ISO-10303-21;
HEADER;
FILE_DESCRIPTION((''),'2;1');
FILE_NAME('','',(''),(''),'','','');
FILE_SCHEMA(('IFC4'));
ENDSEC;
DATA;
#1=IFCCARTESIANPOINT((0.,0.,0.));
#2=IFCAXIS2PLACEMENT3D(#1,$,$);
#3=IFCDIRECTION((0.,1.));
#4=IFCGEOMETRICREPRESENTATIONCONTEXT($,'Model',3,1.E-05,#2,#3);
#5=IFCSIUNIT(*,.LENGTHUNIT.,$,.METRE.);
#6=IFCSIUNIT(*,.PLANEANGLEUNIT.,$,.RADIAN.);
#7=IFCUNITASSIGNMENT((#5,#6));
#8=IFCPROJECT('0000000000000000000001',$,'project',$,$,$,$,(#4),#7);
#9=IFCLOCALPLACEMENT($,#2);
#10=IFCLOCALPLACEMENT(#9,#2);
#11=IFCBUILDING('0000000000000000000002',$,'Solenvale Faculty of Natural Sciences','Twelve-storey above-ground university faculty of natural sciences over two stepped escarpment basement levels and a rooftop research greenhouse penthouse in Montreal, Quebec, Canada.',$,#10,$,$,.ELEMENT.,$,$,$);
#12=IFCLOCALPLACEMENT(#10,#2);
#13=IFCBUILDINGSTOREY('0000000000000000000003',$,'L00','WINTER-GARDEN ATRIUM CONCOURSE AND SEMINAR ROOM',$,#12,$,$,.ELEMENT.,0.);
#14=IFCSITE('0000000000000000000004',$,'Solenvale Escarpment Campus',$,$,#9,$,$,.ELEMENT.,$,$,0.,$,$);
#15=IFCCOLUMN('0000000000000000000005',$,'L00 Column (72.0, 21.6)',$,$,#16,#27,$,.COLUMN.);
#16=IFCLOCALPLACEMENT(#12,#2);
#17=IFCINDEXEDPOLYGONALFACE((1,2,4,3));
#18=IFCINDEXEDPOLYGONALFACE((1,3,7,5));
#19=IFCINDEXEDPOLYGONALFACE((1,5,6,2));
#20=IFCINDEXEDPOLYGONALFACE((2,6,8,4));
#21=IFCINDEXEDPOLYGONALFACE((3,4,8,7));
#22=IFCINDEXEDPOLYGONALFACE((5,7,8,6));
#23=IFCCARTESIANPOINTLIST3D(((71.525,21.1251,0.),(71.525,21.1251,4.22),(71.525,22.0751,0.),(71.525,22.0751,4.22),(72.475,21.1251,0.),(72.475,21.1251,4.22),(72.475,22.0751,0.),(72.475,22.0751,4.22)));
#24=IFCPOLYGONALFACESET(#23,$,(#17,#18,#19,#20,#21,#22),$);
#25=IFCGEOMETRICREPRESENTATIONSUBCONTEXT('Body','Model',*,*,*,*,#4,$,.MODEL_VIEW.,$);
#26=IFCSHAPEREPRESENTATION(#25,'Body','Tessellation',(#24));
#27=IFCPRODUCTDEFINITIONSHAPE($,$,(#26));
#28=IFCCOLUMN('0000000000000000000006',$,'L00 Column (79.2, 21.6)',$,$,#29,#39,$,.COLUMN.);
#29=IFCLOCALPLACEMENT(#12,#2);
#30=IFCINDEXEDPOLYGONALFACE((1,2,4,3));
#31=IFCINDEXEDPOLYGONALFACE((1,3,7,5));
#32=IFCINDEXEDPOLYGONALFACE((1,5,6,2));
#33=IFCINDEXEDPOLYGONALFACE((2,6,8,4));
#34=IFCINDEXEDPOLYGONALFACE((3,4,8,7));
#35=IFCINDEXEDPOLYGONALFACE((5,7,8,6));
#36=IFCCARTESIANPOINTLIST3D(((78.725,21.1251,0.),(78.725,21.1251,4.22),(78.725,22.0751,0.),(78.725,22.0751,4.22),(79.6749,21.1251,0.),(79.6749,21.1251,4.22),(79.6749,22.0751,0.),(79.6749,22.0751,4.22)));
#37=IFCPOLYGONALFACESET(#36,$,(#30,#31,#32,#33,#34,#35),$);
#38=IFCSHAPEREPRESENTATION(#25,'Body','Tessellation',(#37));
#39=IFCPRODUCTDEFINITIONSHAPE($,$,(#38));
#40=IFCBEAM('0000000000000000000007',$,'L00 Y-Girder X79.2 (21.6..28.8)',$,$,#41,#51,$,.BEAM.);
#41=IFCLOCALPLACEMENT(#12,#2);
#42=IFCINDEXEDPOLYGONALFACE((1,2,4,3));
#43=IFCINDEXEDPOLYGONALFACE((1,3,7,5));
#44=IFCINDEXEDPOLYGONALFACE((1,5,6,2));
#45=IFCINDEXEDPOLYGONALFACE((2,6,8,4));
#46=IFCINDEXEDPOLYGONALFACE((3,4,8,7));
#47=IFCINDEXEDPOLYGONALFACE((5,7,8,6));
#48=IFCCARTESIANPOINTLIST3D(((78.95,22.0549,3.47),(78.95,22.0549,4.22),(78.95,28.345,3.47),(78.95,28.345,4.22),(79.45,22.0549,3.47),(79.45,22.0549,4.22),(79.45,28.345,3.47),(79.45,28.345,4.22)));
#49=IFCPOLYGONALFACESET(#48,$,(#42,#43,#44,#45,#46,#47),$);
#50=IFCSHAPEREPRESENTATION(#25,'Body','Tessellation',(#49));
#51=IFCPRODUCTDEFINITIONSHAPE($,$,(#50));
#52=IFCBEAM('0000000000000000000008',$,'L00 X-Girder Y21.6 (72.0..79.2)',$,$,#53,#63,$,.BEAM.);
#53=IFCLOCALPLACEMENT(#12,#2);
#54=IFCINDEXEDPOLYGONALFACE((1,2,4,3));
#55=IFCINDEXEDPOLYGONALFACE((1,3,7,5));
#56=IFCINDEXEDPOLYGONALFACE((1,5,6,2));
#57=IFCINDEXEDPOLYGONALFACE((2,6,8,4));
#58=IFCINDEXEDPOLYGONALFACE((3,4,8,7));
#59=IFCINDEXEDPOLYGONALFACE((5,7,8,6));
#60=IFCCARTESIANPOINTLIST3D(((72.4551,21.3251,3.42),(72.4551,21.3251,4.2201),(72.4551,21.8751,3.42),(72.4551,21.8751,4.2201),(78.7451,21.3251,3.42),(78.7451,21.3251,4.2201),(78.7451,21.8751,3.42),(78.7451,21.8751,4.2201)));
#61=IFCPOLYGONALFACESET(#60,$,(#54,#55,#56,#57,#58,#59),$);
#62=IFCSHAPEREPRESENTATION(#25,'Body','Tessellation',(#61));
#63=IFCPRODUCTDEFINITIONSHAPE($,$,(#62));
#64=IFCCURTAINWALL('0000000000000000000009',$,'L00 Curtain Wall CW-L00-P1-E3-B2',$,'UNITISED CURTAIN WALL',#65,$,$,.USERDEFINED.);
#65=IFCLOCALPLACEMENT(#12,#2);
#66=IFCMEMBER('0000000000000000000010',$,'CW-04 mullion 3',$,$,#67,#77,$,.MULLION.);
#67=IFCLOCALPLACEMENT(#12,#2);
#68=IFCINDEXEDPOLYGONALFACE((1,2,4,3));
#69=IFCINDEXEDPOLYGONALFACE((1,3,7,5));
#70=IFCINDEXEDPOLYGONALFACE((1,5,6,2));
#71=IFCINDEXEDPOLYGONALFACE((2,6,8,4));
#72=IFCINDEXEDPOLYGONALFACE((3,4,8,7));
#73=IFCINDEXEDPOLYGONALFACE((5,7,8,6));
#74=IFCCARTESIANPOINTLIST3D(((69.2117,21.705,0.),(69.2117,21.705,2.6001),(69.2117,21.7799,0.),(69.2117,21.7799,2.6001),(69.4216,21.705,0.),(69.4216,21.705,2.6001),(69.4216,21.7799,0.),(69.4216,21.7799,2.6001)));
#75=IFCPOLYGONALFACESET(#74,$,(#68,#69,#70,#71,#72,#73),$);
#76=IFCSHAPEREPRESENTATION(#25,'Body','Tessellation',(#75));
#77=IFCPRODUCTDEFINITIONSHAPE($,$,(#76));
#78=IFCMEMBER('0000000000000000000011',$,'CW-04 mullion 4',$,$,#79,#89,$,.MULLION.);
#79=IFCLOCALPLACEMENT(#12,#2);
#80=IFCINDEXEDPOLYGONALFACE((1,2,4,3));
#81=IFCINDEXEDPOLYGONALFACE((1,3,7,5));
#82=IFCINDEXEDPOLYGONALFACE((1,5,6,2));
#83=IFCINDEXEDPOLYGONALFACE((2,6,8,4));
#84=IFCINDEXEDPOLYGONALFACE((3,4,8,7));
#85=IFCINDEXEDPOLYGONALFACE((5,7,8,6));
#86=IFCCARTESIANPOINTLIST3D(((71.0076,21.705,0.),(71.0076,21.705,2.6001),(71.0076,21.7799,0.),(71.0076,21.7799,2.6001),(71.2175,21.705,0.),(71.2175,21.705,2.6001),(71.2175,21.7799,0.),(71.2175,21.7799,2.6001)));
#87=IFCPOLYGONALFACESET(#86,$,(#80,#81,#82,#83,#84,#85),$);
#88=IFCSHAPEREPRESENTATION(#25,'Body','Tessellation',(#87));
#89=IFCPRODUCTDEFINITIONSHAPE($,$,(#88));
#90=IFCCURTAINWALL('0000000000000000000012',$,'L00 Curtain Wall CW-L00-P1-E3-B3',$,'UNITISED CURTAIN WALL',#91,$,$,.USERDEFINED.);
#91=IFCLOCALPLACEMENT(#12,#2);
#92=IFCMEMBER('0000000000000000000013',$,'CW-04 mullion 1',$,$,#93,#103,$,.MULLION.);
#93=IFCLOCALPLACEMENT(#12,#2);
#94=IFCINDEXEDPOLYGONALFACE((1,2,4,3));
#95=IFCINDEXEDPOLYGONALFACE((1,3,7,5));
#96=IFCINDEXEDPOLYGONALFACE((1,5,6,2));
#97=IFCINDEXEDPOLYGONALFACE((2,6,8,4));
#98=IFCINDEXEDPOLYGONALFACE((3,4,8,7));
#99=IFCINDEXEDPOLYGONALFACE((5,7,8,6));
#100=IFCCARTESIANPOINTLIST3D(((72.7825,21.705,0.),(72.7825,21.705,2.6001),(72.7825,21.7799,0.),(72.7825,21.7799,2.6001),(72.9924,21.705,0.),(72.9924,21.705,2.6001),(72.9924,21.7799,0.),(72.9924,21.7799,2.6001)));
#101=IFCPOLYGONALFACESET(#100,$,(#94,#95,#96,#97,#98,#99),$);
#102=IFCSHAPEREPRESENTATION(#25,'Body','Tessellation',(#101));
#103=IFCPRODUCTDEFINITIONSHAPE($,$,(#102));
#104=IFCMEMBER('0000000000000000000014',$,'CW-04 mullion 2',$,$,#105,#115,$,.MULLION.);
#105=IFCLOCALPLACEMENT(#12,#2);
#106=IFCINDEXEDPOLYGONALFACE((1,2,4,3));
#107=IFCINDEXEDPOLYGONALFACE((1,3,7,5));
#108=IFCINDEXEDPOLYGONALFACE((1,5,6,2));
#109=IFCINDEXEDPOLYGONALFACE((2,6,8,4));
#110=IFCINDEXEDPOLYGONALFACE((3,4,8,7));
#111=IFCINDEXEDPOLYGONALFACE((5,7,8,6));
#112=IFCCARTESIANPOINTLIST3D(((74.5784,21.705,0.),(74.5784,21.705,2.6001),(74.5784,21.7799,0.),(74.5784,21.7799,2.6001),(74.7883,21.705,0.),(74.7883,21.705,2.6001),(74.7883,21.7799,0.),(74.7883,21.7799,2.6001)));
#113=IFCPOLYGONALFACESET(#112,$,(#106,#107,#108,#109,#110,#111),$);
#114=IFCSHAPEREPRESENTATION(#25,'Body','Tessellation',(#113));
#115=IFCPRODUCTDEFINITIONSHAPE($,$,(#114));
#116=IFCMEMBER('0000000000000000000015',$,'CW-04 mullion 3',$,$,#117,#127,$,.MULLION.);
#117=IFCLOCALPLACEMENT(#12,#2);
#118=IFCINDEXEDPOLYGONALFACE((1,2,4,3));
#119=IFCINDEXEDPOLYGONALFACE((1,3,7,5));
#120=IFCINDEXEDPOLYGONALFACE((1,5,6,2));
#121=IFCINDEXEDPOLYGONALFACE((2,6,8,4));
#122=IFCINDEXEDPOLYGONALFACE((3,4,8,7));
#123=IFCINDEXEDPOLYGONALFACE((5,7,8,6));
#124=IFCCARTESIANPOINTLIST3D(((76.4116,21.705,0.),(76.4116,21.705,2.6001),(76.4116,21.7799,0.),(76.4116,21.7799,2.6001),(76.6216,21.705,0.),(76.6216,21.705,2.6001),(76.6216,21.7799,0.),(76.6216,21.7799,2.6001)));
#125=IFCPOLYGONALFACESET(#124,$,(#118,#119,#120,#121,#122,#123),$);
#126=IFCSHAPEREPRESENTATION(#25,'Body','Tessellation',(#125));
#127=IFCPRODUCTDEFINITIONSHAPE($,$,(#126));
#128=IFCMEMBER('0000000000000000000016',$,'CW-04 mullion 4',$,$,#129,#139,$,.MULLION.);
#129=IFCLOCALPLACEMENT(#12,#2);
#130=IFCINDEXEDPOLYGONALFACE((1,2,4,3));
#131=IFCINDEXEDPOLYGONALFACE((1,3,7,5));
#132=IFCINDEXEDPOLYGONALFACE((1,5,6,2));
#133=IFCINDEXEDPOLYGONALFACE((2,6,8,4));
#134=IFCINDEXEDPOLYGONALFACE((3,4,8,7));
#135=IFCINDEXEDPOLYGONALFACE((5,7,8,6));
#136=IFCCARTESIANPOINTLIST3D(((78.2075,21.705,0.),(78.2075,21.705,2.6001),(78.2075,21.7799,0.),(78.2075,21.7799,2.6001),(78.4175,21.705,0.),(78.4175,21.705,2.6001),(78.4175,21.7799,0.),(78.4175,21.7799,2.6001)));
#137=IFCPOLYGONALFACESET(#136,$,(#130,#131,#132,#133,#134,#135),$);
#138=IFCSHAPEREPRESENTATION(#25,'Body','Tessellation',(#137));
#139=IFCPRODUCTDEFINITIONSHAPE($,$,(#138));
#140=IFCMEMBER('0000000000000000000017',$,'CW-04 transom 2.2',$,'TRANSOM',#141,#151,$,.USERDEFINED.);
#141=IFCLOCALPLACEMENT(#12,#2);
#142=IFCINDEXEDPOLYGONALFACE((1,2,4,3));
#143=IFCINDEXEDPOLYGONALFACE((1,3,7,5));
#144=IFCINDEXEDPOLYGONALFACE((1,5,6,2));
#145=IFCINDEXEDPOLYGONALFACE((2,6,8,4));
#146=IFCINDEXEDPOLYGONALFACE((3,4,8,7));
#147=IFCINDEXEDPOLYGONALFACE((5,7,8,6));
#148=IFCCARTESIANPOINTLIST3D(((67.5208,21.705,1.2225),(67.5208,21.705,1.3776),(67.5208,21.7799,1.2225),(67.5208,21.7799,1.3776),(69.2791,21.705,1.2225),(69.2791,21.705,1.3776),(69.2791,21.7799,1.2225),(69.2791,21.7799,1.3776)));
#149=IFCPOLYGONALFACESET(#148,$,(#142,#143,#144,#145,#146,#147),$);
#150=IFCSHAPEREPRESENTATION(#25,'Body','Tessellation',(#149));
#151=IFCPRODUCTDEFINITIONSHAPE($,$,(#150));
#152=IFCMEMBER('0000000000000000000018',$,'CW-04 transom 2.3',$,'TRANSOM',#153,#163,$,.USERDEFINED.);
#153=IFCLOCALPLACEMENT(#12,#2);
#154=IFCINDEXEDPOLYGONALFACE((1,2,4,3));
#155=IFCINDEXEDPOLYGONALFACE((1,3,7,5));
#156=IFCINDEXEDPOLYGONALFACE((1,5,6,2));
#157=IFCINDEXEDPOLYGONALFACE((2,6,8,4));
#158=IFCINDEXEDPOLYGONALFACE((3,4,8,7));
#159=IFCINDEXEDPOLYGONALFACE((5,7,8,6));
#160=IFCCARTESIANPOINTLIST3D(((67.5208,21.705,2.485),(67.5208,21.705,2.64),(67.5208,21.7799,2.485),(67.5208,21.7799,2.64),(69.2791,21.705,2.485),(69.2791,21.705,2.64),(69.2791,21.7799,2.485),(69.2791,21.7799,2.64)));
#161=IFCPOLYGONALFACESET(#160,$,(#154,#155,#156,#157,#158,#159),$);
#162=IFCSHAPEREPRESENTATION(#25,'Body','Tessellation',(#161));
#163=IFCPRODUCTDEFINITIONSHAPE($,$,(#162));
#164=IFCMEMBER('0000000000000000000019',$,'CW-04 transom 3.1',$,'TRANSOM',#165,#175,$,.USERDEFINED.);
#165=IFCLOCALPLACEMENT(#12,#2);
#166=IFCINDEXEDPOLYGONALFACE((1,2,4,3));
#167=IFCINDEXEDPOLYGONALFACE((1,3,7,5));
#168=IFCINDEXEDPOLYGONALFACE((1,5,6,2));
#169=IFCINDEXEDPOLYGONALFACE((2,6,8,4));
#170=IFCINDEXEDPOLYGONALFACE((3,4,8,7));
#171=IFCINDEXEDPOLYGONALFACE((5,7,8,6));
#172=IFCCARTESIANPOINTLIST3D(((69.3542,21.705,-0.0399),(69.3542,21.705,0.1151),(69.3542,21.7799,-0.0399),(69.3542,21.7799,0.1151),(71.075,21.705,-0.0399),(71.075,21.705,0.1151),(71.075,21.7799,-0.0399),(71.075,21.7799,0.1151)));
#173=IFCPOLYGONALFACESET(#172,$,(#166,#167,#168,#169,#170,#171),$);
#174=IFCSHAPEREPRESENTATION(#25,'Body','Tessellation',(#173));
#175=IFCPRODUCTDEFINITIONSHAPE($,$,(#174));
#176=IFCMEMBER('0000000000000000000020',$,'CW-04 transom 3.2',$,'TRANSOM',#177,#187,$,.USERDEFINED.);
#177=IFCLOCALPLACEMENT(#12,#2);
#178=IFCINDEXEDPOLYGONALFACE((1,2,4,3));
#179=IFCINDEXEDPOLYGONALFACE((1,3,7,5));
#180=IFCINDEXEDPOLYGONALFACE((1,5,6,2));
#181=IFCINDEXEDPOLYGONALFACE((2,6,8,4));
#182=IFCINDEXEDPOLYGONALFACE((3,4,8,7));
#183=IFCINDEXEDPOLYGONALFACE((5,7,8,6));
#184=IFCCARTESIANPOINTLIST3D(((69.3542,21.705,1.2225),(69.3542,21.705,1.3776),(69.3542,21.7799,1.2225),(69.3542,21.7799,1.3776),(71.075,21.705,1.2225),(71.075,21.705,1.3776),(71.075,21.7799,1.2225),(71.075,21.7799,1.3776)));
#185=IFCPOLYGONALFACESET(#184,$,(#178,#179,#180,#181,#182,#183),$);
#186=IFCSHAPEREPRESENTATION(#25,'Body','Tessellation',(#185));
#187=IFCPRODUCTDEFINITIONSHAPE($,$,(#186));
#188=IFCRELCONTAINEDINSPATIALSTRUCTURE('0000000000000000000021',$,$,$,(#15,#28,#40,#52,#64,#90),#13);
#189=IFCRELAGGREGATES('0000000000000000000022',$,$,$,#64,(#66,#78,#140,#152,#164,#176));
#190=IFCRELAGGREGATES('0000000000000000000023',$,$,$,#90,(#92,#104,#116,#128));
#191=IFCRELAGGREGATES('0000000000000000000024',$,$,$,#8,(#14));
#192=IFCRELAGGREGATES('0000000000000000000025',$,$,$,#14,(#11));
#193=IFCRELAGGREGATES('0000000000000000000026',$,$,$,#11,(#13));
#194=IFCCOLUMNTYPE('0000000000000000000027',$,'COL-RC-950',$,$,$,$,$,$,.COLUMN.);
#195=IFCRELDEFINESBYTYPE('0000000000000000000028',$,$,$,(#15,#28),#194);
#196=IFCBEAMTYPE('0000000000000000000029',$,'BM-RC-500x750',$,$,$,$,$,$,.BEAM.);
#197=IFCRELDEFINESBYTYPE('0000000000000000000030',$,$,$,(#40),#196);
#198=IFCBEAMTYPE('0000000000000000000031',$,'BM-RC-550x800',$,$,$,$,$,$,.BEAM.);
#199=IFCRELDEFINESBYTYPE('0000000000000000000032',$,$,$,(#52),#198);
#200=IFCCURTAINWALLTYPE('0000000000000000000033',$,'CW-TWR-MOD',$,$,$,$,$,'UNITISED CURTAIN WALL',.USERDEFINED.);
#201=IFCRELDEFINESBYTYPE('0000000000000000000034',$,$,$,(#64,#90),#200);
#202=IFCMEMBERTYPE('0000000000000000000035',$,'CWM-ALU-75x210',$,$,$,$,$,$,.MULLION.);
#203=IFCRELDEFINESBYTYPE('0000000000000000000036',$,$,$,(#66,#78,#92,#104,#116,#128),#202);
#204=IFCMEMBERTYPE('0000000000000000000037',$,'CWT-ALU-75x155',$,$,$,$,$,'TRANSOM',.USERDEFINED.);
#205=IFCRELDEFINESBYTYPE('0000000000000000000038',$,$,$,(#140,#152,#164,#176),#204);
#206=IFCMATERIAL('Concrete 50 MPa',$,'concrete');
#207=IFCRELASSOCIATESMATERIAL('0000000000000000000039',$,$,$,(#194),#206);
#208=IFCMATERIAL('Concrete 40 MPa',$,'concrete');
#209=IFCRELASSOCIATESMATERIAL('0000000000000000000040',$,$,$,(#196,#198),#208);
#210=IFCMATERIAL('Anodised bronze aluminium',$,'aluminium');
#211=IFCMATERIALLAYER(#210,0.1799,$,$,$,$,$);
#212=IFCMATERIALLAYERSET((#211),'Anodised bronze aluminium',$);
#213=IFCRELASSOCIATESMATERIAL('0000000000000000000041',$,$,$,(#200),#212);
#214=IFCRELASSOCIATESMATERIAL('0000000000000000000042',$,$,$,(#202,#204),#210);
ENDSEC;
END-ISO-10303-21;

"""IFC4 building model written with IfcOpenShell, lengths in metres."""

from ifc_helpers import new_model, si_unit, direction, frame, origin, origin_2d, place, context, subcontext, project, spatial, rectangle, extrude, material, layer, layer_set, material_profile, profile_set, type_object, element, aggregate, save


model = new_model("IFC4")

# Units and contexts
model_context = context("Model", 3, precision=1e-05, world=origin(), true_north=direction((0.0, 1.0)))
body_context = subcontext(model_context, "Body", "Model", "MODEL_VIEW")
ifc_project = project(units=[si_unit("LENGTHUNIT", "METRE"), si_unit("PLANEANGLEUNIT", "RADIAN")], contexts=[model_context])

# Site, building, storey
site_placement = place(None, origin())
site = spatial("IfcSite", under=ifc_project, at=site_placement, Name="Solenvale Escarpment Campus", CompositionType="ELEMENT", RefElevation=0.0)
building_placement = place(site_placement, origin())
building = spatial("IfcBuilding", under=site, at=building_placement, Name="Solenvale Faculty of Natural Sciences", Description="Twelve-storey above-ground university faculty of natural sciences over two stepped escarpment basement levels and a rooftop research greenhouse penthouse in Montreal, Quebec, Canada.", CompositionType="ELEMENT")
storey_placement = place(building_placement, origin())
storey = spatial("IfcBuildingStorey", under=building, at=storey_placement, Name="L00", Description="WINTER-GARDEN ATRIUM CONCOURSE AND SEMINAR ROOM", CompositionType="ELEMENT", Elevation=0.0)

# Columns
ifc_material_1 = material(Name="Concrete 50 MPa", Category="concrete")
ifc_material_profile_1 = material_profile(ifc_material_1, rectangle(XDim=0.95, YDim=0.95, at=origin_2d()), Name="RC-COL-950x950")
ifc_profile_set_1 = profile_set([ifc_material_profile_1], Name="Concrete 50 MPa")
column_type = type_object("IfcColumnType", Name="COL-RC-950", PredefinedType="COLUMN", material=ifc_profile_set_1)
for number, where, z_axis, x_axis, name in (
    (1, (72.0, 21.6001, 0.0), (0.0, 0.0, 1.0), (1.0, 0.0, 0.0), "L00 Column (72.0, 21.6)"),
    (2, (79.2, 21.6001, 0.0), (0.0, 0.0, 1.0), (1.0, 0.0, 0.0), "L00 Column (79.2, 21.6)"),
):
    element("IfcColumn", number, at=place(storey_placement, frame(where, z_axis=z_axis, x_axis=x_axis)), inside=storey, type_object=column_type, Name=name, PredefinedType="COLUMN", context=body_context, shape_type="SweptSolid", body=[
        extrude(rectangle(XDim=0.95, YDim=0.95, at=origin_2d()), origin(), (0.0, 0.0, 1.0), 4.22),
    ])

# Beams
ifc_material_2 = material(Name="Concrete 40 MPa", Category="concrete")
ifc_material_profile_2 = material_profile(ifc_material_2, rectangle(XDim=0.5, YDim=0.75, at=origin_2d()), Name="RC-BM-500x750")
ifc_profile_set_2 = profile_set([ifc_material_profile_2], Name="Concrete 40 MPa")
beam_type_1 = type_object("IfcBeamType", Name="BM-RC-500x750", PredefinedType="BEAM", material=ifc_profile_set_2)
beam_1_placement = place(storey_placement, frame((79.2, 22.0549, 3.845), z_axis=(0.0, 1.0, 0.0), x_axis=(-1.0, 0.0, 0.0)))
element("IfcBeam", 3, at=beam_1_placement, inside=storey, type_object=beam_type_1, Name="L00 Y-Girder X79.2 (21.6..28.8)", PredefinedType="BEAM", context=body_context, shape_type="SweptSolid", body=[
    extrude(rectangle(XDim=0.5, YDim=0.75, at=origin_2d()), origin(), (0.0, 0.0, 1.0), 6.29),
])
ifc_material_profile_3 = material_profile(ifc_material_2, rectangle(XDim=0.55, YDim=0.8, at=origin_2d()), Name="RC-BM-550x800")
ifc_profile_set_3 = profile_set([ifc_material_profile_3], Name="Concrete 40 MPa")
beam_type_2 = type_object("IfcBeamType", Name="BM-RC-550x800", PredefinedType="BEAM", material=ifc_profile_set_3)
beam_2_placement = place(storey_placement, frame((72.4551, 21.6001, 3.8201), z_axis=(1.0, 0.0, 0.0), x_axis=(0.0, 1.0, 0.0)))
element("IfcBeam", 4, at=beam_2_placement, inside=storey, type_object=beam_type_2, Name="L00 X-Girder Y21.6 (72.0..79.2)", PredefinedType="BEAM", context=body_context, shape_type="SweptSolid", body=[
    extrude(rectangle(XDim=0.55, YDim=0.8, at=origin_2d()), origin(), (0.0, 0.0, 1.0), 6.29),
])

# Curtain walls, members
ifc_material_3 = material(Name="Anodised bronze aluminium", Category="aluminium")
ifc_layer_1 = layer(ifc_material_3, 0.1799)
ifc_layer_set_1 = layer_set([ifc_layer_1], Name="Anodised bronze aluminium")
curtain_wall_type = type_object("IfcCurtainWallType", Name="CW-TWR-MOD", ElementType="UNITISED CURTAIN WALL", PredefinedType="USERDEFINED", material=ifc_layer_set_1)
curtain_wall_1_placement = place(storey_placement, origin())
curtain_wall_1 = element("IfcCurtainWall", 5, at=curtain_wall_1_placement, inside=storey, type_object=curtain_wall_type, Name="L00 Curtain Wall CW-L00-P1-E3-B2", ObjectType="UNITISED CURTAIN WALL", PredefinedType="USERDEFINED")
ifc_material_profile_4 = material_profile(ifc_material_3, rectangle(XDim=0.075, YDim=0.21, at=origin_2d()), Name="ALU-MUL-75x210")
ifc_profile_set_4 = profile_set([ifc_material_profile_4], Name="Anodised bronze aluminium")
member_type_1 = type_object("IfcMemberType", Name="CWM-ALU-75x210", PredefinedType="MULLION", material=ifc_profile_set_4)
member_1_placement = place(storey_placement, frame((69.3167, 21.7424, 0.0), z_axis=(0.0, 0.0, 1.0), x_axis=(0.0, 1.0, 0.0)))
member_1 = element("IfcMember", 6, at=member_1_placement, type_object=member_type_1, Name="CW-04 mullion 3", PredefinedType="MULLION", context=body_context, shape_type="SweptSolid", body=[
    extrude(rectangle(XDim=0.075, YDim=0.21, at=origin_2d()), origin(), (0.0, 0.0, 1.0), 2.6001),
])
member_2_placement = place(storey_placement, frame((71.1125, 21.7424, 0.0), z_axis=(0.0, 0.0, 1.0), x_axis=(0.0, 1.0, 0.0)))
member_2 = element("IfcMember", 7, at=member_2_placement, type_object=member_type_1, Name="CW-04 mullion 4", PredefinedType="MULLION", context=body_context, shape_type="SweptSolid", body=[
    extrude(rectangle(XDim=0.075, YDim=0.21, at=origin_2d()), origin(), (0.0, 0.0, 1.0), 2.6001),
])
curtain_wall_2_placement = place(storey_placement, origin())
curtain_wall_2 = element("IfcCurtainWall", 8, at=curtain_wall_2_placement, inside=storey, type_object=curtain_wall_type, Name="L00 Curtain Wall CW-L00-P1-E3-B3", ObjectType="UNITISED CURTAIN WALL", PredefinedType="USERDEFINED")
member_3_placement = place(storey_placement, frame((72.8875, 21.7424, 0.0), z_axis=(0.0, 0.0, 1.0), x_axis=(0.0, 1.0, 0.0)))
member_3 = element("IfcMember", 9, at=member_3_placement, type_object=member_type_1, Name="CW-04 mullion 1", PredefinedType="MULLION", context=body_context, shape_type="SweptSolid", body=[
    extrude(rectangle(XDim=0.075, YDim=0.21, at=origin_2d()), origin(), (0.0, 0.0, 1.0), 2.6001),
])
member_4_placement = place(storey_placement, frame((74.6833, 21.7424, 0.0), z_axis=(0.0, 0.0, 1.0), x_axis=(0.0, 1.0, 0.0)))
member_4 = element("IfcMember", 10, at=member_4_placement, type_object=member_type_1, Name="CW-04 mullion 2", PredefinedType="MULLION", context=body_context, shape_type="SweptSolid", body=[
    extrude(rectangle(XDim=0.075, YDim=0.21, at=origin_2d()), origin(), (0.0, 0.0, 1.0), 2.6001),
])
member_5_placement = place(storey_placement, frame((76.5166, 21.7424, 0.0), z_axis=(0.0, 0.0, 1.0), x_axis=(0.0, 1.0, 0.0)))
member_5 = element("IfcMember", 11, at=member_5_placement, type_object=member_type_1, Name="CW-04 mullion 3", PredefinedType="MULLION", context=body_context, shape_type="SweptSolid", body=[
    extrude(rectangle(XDim=0.075, YDim=0.21, at=origin_2d()), origin(), (0.0, 0.0, 1.0), 2.6001),
])
member_6_placement = place(storey_placement, frame((78.3125, 21.7424, 0.0), z_axis=(0.0, 0.0, 1.0), x_axis=(0.0, 1.0, 0.0)))
member_6 = element("IfcMember", 12, at=member_6_placement, type_object=member_type_1, Name="CW-04 mullion 4", PredefinedType="MULLION", context=body_context, shape_type="SweptSolid", body=[
    extrude(rectangle(XDim=0.075, YDim=0.21, at=origin_2d()), origin(), (0.0, 0.0, 1.0), 2.6001),
])

# Members
ifc_material_profile_5 = material_profile(ifc_material_3, rectangle(XDim=0.075, YDim=0.155, at=origin_2d()), Name="ALU-TRN-75x155")
ifc_profile_set_5 = profile_set([ifc_material_profile_5], Name="Anodised bronze aluminium")
member_type_2 = type_object("IfcMemberType", Name="CWT-ALU-75x155", ElementType="TRANSOM", PredefinedType="USERDEFINED", material=ifc_profile_set_5)
member_7_placement = place(storey_placement, frame((67.5208, 21.7424, 1.3), z_axis=(1.0, 0.0, 0.0), x_axis=(0.0, 1.0, 0.0)))
member_7 = element("IfcMember", 13, at=member_7_placement, type_object=member_type_2, Name="CW-04 transom 2.2", ObjectType="TRANSOM", PredefinedType="USERDEFINED", context=body_context, shape_type="SweptSolid", body=[
    extrude(rectangle(XDim=0.075, YDim=0.155, at=origin_2d()), origin(), (0.0, 0.0, 1.0), 1.7583),
])
member_8_placement = place(storey_placement, frame((67.5208, 21.7424, 2.5625), z_axis=(1.0, 0.0, 0.0), x_axis=(0.0, 1.0, 0.0)))
member_8 = element("IfcMember", 14, at=member_8_placement, type_object=member_type_2, Name="CW-04 transom 2.3", ObjectType="TRANSOM", PredefinedType="USERDEFINED", context=body_context, shape_type="SweptSolid", body=[
    extrude(rectangle(XDim=0.075, YDim=0.155, at=origin_2d()), origin(), (0.0, 0.0, 1.0), 1.7583),
])
member_9_placement = place(storey_placement, frame((69.3542, 21.7424, 0.0376), z_axis=(1.0, 0.0, 0.0), x_axis=(0.0, 1.0, 0.0)))
member_9 = element("IfcMember", 15, at=member_9_placement, type_object=member_type_2, Name="CW-04 transom 3.1", ObjectType="TRANSOM", PredefinedType="USERDEFINED", context=body_context, shape_type="SweptSolid", body=[
    extrude(rectangle(XDim=0.075, YDim=0.155, at=origin_2d()), origin(), (0.0, 0.0, 1.0), 1.7207),
])
member_10_placement = place(storey_placement, frame((69.3542, 21.7424, 1.3), z_axis=(1.0, 0.0, 0.0), x_axis=(0.0, 1.0, 0.0)))
member_10 = element("IfcMember", 16, at=member_10_placement, type_object=member_type_2, Name="CW-04 transom 3.2", ObjectType="TRANSOM", PredefinedType="USERDEFINED", context=body_context, shape_type="SweptSolid", body=[
    extrude(rectangle(XDim=0.075, YDim=0.155, at=origin_2d()), origin(), (0.0, 0.0, 1.0), 1.7207),
])

aggregate(curtain_wall_1, [member_1, member_2, member_7, member_8, member_9, member_10])
aggregate(curtain_wall_2, [member_3, member_4, member_5, member_6])

save(model, "model.ifc")
